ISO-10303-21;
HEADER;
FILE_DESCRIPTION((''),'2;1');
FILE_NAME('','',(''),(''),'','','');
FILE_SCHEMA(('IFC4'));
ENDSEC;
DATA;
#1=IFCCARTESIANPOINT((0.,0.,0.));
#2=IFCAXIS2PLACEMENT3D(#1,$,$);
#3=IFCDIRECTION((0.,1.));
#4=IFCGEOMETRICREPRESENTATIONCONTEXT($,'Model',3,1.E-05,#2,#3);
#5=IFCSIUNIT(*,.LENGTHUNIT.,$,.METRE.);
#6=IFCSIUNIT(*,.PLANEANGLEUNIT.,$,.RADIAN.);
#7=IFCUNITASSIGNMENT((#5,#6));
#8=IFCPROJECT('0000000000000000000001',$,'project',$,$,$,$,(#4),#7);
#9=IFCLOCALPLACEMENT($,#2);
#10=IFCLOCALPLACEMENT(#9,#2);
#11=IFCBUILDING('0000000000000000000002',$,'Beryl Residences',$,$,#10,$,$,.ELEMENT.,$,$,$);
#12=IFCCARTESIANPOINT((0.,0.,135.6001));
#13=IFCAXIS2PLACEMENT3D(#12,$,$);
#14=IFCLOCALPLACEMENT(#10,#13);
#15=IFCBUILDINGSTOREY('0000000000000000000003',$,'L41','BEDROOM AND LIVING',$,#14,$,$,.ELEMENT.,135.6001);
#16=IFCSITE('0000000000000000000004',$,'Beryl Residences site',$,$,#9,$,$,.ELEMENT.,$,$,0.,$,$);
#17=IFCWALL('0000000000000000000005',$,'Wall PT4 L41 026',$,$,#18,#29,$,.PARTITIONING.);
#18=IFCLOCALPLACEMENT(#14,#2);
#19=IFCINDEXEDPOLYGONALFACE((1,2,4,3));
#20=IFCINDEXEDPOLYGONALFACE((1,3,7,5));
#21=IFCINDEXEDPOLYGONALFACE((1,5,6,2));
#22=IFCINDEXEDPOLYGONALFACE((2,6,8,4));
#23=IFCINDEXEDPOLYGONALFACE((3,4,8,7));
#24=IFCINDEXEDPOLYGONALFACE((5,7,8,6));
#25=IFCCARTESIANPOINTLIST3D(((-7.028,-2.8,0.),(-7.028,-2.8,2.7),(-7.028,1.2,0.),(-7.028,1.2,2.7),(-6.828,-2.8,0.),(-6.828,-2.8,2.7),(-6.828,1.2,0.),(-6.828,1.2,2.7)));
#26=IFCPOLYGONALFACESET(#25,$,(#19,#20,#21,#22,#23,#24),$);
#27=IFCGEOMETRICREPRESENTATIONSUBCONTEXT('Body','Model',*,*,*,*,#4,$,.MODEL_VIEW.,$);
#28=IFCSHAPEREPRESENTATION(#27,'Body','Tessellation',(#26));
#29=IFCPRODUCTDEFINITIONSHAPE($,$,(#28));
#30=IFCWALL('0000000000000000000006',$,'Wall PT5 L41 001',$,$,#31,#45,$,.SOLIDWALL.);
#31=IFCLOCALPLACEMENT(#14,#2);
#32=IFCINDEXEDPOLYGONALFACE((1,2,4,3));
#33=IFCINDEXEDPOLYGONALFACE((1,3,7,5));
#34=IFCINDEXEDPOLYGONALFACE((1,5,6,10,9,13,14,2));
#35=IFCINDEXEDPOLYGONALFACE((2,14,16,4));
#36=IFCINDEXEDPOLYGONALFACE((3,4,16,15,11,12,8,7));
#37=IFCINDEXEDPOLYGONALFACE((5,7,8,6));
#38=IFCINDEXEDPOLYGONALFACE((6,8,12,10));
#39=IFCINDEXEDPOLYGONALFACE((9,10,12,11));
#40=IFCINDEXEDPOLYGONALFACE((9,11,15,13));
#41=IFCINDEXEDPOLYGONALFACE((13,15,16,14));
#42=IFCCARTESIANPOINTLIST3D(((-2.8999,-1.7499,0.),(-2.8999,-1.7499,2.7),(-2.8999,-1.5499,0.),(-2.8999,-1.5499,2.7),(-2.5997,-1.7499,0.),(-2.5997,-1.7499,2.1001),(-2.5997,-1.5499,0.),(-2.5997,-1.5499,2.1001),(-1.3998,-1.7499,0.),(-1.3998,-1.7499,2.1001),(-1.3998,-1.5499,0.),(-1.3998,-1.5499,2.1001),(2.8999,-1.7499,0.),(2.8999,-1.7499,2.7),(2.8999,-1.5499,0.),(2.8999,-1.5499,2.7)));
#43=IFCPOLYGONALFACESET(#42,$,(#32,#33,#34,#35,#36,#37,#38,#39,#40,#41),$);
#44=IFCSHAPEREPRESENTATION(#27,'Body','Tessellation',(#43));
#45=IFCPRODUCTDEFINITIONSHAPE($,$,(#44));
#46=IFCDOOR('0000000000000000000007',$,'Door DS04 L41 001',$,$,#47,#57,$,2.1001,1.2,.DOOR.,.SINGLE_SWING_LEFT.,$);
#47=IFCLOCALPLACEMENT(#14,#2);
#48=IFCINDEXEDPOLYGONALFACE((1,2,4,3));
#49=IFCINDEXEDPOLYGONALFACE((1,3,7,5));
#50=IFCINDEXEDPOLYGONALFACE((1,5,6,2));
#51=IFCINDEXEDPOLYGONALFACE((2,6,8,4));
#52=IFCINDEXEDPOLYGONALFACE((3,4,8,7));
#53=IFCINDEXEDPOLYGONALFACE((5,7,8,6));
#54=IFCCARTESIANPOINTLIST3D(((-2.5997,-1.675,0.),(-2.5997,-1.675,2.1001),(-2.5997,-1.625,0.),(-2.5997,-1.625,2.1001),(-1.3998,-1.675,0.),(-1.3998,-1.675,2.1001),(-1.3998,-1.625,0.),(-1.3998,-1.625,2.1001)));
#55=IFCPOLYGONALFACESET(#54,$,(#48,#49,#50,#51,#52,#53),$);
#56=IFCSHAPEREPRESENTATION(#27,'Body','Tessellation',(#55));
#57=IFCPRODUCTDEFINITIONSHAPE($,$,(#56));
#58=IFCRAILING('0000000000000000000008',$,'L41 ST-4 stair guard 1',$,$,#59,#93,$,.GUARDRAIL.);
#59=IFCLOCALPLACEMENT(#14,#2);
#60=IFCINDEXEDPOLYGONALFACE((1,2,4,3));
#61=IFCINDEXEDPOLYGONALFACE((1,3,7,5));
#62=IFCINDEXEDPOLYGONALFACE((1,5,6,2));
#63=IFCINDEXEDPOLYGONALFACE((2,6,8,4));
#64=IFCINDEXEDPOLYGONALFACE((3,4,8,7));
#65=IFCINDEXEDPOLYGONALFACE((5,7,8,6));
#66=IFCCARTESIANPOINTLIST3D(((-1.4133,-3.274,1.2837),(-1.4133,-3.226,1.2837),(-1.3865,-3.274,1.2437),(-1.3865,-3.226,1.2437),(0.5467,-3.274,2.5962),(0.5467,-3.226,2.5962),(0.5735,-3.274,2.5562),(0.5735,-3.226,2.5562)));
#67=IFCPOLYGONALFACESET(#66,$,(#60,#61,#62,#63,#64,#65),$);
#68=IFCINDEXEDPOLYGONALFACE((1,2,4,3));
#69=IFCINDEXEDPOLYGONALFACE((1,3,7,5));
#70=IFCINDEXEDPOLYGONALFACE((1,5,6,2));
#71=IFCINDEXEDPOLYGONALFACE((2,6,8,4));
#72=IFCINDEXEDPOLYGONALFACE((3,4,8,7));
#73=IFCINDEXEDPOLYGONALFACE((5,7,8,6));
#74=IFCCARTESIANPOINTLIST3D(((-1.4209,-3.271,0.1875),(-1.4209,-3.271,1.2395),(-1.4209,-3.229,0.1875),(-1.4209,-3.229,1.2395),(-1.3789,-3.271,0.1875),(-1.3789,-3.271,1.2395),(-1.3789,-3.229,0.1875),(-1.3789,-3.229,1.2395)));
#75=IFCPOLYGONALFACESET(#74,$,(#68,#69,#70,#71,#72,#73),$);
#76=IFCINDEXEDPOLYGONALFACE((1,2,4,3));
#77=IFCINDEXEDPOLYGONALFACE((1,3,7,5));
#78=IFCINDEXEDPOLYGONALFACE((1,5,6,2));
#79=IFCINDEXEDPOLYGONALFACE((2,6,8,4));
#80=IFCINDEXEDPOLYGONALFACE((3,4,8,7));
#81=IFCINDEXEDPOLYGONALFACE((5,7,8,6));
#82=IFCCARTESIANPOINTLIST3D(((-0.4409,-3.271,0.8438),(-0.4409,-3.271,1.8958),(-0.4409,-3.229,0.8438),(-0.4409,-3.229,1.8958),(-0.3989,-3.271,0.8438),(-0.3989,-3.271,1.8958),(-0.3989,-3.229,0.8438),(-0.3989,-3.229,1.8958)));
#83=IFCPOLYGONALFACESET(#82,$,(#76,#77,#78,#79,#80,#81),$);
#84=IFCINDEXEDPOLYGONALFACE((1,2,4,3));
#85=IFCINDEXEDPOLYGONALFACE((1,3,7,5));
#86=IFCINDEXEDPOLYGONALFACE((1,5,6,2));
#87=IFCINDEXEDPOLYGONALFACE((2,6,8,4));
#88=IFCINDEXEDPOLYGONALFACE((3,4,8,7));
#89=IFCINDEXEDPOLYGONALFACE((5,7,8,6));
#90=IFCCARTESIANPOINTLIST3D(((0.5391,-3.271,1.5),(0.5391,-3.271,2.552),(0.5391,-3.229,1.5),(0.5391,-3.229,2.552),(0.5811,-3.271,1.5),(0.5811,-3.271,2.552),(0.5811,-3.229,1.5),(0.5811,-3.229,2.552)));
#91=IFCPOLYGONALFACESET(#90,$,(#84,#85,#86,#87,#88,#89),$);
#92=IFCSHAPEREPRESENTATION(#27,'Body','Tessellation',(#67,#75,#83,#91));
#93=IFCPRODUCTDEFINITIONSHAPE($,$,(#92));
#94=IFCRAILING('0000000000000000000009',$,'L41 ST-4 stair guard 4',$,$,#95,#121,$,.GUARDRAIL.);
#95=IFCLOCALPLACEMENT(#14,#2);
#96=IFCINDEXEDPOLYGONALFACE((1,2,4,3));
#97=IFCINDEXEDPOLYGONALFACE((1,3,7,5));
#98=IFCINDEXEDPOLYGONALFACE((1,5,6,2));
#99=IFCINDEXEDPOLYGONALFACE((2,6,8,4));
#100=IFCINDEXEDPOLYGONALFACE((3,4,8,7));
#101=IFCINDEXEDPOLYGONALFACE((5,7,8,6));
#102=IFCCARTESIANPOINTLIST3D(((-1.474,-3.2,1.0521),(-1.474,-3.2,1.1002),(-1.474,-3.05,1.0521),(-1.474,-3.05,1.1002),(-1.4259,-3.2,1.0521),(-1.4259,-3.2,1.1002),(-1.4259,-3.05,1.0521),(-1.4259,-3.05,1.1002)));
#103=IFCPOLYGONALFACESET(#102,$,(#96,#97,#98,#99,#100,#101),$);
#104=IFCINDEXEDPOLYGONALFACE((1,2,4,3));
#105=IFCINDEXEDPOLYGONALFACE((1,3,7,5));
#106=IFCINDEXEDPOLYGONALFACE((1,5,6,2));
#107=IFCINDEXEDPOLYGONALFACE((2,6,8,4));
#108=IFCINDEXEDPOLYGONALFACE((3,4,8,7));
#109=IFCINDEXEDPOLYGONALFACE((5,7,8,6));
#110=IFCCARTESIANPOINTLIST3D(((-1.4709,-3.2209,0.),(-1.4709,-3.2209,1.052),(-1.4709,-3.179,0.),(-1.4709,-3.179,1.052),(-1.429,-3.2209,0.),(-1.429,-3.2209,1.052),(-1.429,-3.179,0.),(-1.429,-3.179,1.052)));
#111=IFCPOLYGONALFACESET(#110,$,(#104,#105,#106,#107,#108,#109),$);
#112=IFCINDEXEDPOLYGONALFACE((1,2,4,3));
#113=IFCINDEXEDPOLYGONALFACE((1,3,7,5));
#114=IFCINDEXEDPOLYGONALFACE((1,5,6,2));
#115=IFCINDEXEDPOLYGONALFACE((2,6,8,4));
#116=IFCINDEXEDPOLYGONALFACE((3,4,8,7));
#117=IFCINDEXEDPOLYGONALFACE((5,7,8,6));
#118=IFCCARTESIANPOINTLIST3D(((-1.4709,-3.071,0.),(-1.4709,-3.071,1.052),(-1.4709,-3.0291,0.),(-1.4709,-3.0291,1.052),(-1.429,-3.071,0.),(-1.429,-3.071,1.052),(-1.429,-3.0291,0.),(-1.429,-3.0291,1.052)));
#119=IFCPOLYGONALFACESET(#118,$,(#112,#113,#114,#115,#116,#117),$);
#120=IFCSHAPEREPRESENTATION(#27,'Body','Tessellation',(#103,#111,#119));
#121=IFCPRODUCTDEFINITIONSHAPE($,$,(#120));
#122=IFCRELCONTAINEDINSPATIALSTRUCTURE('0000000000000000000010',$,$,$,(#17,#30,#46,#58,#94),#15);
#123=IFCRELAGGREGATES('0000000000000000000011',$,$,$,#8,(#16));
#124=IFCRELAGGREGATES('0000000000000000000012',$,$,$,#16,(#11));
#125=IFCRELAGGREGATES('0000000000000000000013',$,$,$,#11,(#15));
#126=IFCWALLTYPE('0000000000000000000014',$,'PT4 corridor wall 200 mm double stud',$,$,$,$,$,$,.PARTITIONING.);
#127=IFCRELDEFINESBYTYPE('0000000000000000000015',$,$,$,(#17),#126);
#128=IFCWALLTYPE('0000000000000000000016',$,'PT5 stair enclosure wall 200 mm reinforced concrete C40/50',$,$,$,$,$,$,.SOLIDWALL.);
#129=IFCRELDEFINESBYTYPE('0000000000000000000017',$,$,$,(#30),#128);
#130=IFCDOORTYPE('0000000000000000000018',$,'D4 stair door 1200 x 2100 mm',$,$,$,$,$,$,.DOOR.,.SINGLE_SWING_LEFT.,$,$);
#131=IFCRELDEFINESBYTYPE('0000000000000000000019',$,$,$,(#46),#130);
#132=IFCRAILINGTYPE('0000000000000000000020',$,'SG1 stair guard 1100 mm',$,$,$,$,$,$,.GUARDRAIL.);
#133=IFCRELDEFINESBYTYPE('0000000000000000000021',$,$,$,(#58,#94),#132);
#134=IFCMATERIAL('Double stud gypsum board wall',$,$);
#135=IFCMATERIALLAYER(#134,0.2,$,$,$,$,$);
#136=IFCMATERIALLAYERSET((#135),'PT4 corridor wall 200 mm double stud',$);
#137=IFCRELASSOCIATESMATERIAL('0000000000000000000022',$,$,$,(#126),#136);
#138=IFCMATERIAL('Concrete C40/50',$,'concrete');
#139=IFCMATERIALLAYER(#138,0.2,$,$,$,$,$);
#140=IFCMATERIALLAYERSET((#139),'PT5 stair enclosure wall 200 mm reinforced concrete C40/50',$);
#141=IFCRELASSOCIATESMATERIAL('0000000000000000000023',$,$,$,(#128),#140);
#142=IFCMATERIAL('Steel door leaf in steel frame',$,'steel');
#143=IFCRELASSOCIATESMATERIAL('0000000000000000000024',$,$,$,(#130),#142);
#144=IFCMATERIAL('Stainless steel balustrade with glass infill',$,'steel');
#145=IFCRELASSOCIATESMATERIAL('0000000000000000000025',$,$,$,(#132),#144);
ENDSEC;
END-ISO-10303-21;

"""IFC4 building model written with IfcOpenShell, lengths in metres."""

from ifc_helpers import new_model, si_unit, direction, frame, frame_2d, origin, origin_2d, place, context, subcontext, project, spatial, rectangle, extrude, material, layer, layer_set, type_object, element, fill, save


model = new_model("IFC4")

# Units and contexts
model_context = context("Model", 3, precision=1e-05, world=origin(), true_north=direction((0.0, 1.0)))
body_context = subcontext(model_context, "Body", "Model", "MODEL_VIEW")
ifc_project = project(units=[si_unit("LENGTHUNIT", "METRE"), si_unit("PLANEANGLEUNIT", "RADIAN")], contexts=[model_context])

# Site, building, storey
site_placement = place(None, origin())
site = spatial("IfcSite", under=ifc_project, at=site_placement, Name="Beryl Residences site", CompositionType="ELEMENT", RefElevation=0.0)
building_placement = place(site_placement, origin())
building = spatial("IfcBuilding", under=site, at=building_placement, Name="Beryl Residences", CompositionType="ELEMENT")
storey_placement = place(building_placement, frame((0.0, 0.0, 135.6001)))
storey = spatial("IfcBuildingStorey", under=building, at=storey_placement, Name="L41", Description="BEDROOM AND LIVING", CompositionType="ELEMENT", Elevation=135.6001)

# Shared definitions
ifc_material_1 = material(Name="Double stud gypsum board wall")
ifc_layer_1 = layer(ifc_material_1, 0.2)
ifc_layer_set_1 = layer_set([ifc_layer_1], Name="PT4 corridor wall 200 mm double stud")
wall_type_1 = type_object("IfcWallType", Name="PT4 corridor wall 200 mm double stud", PredefinedType="PARTITIONING", material=ifc_layer_set_1)

# Wall
wall_1_placement = place(storey_placement, frame((-6.928, -2.8, 0.0), z_axis=(0.0, 0.0, 1.0), x_axis=(0.0, 1.0, 0.0)))
element("IfcWall", 1, at=wall_1_placement, inside=storey, type_object=wall_type_1, Name="Wall PT4 L41 026", PredefinedType="PARTITIONING", context=body_context, shape_type="SweptSolid", body=[
    extrude(rectangle(XDim=4.0, YDim=0.2, at=frame_2d((2.0, 0.0))), origin(), (0.0, 0.0, 1.0), 2.7),
])

# Wall, opening, door
ifc_material_2 = material(Name="Concrete C40/50", Category="concrete")
ifc_layer_2 = layer(ifc_material_2, 0.2)
ifc_layer_set_2 = layer_set([ifc_layer_2], Name="PT5 stair enclosure wall 200 mm reinforced concrete C40/50")
wall_type_2 = type_object("IfcWallType", Name="PT5 stair enclosure wall 200 mm reinforced concrete C40/50", PredefinedType="SOLIDWALL", material=ifc_layer_set_2)
wall_2_placement = place(storey_placement, frame((-2.8999, -1.6499, 0.0), z_axis=(0.0, 0.0, 1.0), x_axis=(1.0, 0.0, 0.0)))
wall_2 = element("IfcWall", 2, at=wall_2_placement, inside=storey, type_object=wall_type_2, Name="Wall PT5 L41 001", PredefinedType="SOLIDWALL", context=body_context, shape_type="SweptSolid", body=[
    extrude(rectangle(XDim=5.7998, YDim=0.2, at=frame_2d((2.8999, 0.0))), origin(), (0.0, 0.0, 1.0), 2.7),
])
opening_1_placement = place(wall_2_placement, frame((0.3, 0.0, 0.0)))
opening_1 = element("IfcOpeningElement", 3, at=opening_1_placement, cuts=wall_2, PredefinedType="OPENING", context=body_context, shape_type="SweptSolid", body=[
    extrude(rectangle(XDim=1.2, YDim=2.1001, at=frame_2d((0.6001, 1.05))), frame((0.0, 0.1099, 0.0), z_axis=(0.0, -1.0, 0.0), x_axis=(1.0, 0.0, 0.0)), (0.0, 0.0, 1.0), 0.22),
])
ifc_material_3 = material(Name="Steel door leaf in steel frame", Category="steel")
door_type_1 = type_object("IfcDoorType", Name="D4 stair door 1200 x 2100 mm", OperationType="SINGLE_SWING_LEFT", PredefinedType="DOOR", material=ifc_material_3)
door_1_placement = place(opening_1_placement, origin())
door_1 = element("IfcDoor", 4, at=door_1_placement, inside=storey, type_object=door_type_1, Name="Door DS04 L41 001", OperationType="SINGLE_SWING_LEFT", OverallHeight=2.1001, OverallWidth=1.2, PredefinedType="DOOR", context=body_context, shape_type="SweptSolid", body=[
    extrude(rectangle(XDim=1.2, YDim=2.1001, at=frame_2d((0.6001, 1.05))), frame((0.0, 0.0249, 0.0), z_axis=(0.0, -1.0, 0.0), x_axis=(1.0, 0.0, 0.0)), (0.0, 0.0, 1.0), 0.05),
])
fill(opening_1, door_1)

# Railings
ifc_material_4 = material(Name="Stainless steel balustrade with glass infill", Category="steel")
railing_type = type_object("IfcRailingType", Name="SG1 stair guard 1100 mm", PredefinedType="GUARDRAIL", material=ifc_material_4)
railing_1_placement = place(storey_placement, frame((-1.3999, -3.25, 0.1875)))
element("IfcRailing", 5, at=railing_1_placement, inside=storey, type_object=railing_type, Name="L41 ST-4 stair guard 1", PredefinedType="GUARDRAIL", context=body_context, shape_type="SweptSolid", body=[
    extrude(rectangle(XDim=0.0481, YDim=0.0481, at=origin_2d()), frame((0.0, 0.0, 1.0762), z_axis=(0.830902, 0.0, 0.556419), x_axis=(0.0, 1.0, 0.0)), (0.0, 0.0, 1.0), 2.3589),
    extrude(rectangle(XDim=0.042, YDim=0.042, at=origin_2d()), origin(), (0.0, 0.0, 1.0), 1.052),
    extrude(rectangle(XDim=0.042, YDim=0.042, at=origin_2d()), frame((0.98, 0.0, 0.6562)), (0.0, 0.0, 1.0), 1.052),
    extrude(rectangle(XDim=0.042, YDim=0.042, at=origin_2d()), frame((1.96, 0.0, 1.3125)), (0.0, 0.0, 1.0), 1.052),
])
railing_2_placement = place(storey_placement, frame((-1.45, -3.2, 0.0)))
element("IfcRailing", 6, at=railing_2_placement, inside=storey, type_object=railing_type, Name="L41 ST-4 stair guard 4", PredefinedType="GUARDRAIL", context=body_context, shape_type="SweptSolid", body=[
    extrude(rectangle(XDim=0.0481, YDim=0.0481, at=origin_2d()), frame((0.0, 0.0, 1.0762), z_axis=(0.0, 1.0, 0.0), x_axis=(-1.0, 0.0, 0.0)), (0.0, 0.0, 1.0), 0.1499),
    extrude(rectangle(XDim=0.042, YDim=0.042, at=origin_2d()), origin(), (0.0, 0.0, 1.0), 1.052),
    extrude(rectangle(XDim=0.042, YDim=0.042, at=origin_2d()), frame((0.0, 0.1499, 0.0)), (0.0, 0.0, 1.0), 1.052),
])

save(model, "model.ifc")
